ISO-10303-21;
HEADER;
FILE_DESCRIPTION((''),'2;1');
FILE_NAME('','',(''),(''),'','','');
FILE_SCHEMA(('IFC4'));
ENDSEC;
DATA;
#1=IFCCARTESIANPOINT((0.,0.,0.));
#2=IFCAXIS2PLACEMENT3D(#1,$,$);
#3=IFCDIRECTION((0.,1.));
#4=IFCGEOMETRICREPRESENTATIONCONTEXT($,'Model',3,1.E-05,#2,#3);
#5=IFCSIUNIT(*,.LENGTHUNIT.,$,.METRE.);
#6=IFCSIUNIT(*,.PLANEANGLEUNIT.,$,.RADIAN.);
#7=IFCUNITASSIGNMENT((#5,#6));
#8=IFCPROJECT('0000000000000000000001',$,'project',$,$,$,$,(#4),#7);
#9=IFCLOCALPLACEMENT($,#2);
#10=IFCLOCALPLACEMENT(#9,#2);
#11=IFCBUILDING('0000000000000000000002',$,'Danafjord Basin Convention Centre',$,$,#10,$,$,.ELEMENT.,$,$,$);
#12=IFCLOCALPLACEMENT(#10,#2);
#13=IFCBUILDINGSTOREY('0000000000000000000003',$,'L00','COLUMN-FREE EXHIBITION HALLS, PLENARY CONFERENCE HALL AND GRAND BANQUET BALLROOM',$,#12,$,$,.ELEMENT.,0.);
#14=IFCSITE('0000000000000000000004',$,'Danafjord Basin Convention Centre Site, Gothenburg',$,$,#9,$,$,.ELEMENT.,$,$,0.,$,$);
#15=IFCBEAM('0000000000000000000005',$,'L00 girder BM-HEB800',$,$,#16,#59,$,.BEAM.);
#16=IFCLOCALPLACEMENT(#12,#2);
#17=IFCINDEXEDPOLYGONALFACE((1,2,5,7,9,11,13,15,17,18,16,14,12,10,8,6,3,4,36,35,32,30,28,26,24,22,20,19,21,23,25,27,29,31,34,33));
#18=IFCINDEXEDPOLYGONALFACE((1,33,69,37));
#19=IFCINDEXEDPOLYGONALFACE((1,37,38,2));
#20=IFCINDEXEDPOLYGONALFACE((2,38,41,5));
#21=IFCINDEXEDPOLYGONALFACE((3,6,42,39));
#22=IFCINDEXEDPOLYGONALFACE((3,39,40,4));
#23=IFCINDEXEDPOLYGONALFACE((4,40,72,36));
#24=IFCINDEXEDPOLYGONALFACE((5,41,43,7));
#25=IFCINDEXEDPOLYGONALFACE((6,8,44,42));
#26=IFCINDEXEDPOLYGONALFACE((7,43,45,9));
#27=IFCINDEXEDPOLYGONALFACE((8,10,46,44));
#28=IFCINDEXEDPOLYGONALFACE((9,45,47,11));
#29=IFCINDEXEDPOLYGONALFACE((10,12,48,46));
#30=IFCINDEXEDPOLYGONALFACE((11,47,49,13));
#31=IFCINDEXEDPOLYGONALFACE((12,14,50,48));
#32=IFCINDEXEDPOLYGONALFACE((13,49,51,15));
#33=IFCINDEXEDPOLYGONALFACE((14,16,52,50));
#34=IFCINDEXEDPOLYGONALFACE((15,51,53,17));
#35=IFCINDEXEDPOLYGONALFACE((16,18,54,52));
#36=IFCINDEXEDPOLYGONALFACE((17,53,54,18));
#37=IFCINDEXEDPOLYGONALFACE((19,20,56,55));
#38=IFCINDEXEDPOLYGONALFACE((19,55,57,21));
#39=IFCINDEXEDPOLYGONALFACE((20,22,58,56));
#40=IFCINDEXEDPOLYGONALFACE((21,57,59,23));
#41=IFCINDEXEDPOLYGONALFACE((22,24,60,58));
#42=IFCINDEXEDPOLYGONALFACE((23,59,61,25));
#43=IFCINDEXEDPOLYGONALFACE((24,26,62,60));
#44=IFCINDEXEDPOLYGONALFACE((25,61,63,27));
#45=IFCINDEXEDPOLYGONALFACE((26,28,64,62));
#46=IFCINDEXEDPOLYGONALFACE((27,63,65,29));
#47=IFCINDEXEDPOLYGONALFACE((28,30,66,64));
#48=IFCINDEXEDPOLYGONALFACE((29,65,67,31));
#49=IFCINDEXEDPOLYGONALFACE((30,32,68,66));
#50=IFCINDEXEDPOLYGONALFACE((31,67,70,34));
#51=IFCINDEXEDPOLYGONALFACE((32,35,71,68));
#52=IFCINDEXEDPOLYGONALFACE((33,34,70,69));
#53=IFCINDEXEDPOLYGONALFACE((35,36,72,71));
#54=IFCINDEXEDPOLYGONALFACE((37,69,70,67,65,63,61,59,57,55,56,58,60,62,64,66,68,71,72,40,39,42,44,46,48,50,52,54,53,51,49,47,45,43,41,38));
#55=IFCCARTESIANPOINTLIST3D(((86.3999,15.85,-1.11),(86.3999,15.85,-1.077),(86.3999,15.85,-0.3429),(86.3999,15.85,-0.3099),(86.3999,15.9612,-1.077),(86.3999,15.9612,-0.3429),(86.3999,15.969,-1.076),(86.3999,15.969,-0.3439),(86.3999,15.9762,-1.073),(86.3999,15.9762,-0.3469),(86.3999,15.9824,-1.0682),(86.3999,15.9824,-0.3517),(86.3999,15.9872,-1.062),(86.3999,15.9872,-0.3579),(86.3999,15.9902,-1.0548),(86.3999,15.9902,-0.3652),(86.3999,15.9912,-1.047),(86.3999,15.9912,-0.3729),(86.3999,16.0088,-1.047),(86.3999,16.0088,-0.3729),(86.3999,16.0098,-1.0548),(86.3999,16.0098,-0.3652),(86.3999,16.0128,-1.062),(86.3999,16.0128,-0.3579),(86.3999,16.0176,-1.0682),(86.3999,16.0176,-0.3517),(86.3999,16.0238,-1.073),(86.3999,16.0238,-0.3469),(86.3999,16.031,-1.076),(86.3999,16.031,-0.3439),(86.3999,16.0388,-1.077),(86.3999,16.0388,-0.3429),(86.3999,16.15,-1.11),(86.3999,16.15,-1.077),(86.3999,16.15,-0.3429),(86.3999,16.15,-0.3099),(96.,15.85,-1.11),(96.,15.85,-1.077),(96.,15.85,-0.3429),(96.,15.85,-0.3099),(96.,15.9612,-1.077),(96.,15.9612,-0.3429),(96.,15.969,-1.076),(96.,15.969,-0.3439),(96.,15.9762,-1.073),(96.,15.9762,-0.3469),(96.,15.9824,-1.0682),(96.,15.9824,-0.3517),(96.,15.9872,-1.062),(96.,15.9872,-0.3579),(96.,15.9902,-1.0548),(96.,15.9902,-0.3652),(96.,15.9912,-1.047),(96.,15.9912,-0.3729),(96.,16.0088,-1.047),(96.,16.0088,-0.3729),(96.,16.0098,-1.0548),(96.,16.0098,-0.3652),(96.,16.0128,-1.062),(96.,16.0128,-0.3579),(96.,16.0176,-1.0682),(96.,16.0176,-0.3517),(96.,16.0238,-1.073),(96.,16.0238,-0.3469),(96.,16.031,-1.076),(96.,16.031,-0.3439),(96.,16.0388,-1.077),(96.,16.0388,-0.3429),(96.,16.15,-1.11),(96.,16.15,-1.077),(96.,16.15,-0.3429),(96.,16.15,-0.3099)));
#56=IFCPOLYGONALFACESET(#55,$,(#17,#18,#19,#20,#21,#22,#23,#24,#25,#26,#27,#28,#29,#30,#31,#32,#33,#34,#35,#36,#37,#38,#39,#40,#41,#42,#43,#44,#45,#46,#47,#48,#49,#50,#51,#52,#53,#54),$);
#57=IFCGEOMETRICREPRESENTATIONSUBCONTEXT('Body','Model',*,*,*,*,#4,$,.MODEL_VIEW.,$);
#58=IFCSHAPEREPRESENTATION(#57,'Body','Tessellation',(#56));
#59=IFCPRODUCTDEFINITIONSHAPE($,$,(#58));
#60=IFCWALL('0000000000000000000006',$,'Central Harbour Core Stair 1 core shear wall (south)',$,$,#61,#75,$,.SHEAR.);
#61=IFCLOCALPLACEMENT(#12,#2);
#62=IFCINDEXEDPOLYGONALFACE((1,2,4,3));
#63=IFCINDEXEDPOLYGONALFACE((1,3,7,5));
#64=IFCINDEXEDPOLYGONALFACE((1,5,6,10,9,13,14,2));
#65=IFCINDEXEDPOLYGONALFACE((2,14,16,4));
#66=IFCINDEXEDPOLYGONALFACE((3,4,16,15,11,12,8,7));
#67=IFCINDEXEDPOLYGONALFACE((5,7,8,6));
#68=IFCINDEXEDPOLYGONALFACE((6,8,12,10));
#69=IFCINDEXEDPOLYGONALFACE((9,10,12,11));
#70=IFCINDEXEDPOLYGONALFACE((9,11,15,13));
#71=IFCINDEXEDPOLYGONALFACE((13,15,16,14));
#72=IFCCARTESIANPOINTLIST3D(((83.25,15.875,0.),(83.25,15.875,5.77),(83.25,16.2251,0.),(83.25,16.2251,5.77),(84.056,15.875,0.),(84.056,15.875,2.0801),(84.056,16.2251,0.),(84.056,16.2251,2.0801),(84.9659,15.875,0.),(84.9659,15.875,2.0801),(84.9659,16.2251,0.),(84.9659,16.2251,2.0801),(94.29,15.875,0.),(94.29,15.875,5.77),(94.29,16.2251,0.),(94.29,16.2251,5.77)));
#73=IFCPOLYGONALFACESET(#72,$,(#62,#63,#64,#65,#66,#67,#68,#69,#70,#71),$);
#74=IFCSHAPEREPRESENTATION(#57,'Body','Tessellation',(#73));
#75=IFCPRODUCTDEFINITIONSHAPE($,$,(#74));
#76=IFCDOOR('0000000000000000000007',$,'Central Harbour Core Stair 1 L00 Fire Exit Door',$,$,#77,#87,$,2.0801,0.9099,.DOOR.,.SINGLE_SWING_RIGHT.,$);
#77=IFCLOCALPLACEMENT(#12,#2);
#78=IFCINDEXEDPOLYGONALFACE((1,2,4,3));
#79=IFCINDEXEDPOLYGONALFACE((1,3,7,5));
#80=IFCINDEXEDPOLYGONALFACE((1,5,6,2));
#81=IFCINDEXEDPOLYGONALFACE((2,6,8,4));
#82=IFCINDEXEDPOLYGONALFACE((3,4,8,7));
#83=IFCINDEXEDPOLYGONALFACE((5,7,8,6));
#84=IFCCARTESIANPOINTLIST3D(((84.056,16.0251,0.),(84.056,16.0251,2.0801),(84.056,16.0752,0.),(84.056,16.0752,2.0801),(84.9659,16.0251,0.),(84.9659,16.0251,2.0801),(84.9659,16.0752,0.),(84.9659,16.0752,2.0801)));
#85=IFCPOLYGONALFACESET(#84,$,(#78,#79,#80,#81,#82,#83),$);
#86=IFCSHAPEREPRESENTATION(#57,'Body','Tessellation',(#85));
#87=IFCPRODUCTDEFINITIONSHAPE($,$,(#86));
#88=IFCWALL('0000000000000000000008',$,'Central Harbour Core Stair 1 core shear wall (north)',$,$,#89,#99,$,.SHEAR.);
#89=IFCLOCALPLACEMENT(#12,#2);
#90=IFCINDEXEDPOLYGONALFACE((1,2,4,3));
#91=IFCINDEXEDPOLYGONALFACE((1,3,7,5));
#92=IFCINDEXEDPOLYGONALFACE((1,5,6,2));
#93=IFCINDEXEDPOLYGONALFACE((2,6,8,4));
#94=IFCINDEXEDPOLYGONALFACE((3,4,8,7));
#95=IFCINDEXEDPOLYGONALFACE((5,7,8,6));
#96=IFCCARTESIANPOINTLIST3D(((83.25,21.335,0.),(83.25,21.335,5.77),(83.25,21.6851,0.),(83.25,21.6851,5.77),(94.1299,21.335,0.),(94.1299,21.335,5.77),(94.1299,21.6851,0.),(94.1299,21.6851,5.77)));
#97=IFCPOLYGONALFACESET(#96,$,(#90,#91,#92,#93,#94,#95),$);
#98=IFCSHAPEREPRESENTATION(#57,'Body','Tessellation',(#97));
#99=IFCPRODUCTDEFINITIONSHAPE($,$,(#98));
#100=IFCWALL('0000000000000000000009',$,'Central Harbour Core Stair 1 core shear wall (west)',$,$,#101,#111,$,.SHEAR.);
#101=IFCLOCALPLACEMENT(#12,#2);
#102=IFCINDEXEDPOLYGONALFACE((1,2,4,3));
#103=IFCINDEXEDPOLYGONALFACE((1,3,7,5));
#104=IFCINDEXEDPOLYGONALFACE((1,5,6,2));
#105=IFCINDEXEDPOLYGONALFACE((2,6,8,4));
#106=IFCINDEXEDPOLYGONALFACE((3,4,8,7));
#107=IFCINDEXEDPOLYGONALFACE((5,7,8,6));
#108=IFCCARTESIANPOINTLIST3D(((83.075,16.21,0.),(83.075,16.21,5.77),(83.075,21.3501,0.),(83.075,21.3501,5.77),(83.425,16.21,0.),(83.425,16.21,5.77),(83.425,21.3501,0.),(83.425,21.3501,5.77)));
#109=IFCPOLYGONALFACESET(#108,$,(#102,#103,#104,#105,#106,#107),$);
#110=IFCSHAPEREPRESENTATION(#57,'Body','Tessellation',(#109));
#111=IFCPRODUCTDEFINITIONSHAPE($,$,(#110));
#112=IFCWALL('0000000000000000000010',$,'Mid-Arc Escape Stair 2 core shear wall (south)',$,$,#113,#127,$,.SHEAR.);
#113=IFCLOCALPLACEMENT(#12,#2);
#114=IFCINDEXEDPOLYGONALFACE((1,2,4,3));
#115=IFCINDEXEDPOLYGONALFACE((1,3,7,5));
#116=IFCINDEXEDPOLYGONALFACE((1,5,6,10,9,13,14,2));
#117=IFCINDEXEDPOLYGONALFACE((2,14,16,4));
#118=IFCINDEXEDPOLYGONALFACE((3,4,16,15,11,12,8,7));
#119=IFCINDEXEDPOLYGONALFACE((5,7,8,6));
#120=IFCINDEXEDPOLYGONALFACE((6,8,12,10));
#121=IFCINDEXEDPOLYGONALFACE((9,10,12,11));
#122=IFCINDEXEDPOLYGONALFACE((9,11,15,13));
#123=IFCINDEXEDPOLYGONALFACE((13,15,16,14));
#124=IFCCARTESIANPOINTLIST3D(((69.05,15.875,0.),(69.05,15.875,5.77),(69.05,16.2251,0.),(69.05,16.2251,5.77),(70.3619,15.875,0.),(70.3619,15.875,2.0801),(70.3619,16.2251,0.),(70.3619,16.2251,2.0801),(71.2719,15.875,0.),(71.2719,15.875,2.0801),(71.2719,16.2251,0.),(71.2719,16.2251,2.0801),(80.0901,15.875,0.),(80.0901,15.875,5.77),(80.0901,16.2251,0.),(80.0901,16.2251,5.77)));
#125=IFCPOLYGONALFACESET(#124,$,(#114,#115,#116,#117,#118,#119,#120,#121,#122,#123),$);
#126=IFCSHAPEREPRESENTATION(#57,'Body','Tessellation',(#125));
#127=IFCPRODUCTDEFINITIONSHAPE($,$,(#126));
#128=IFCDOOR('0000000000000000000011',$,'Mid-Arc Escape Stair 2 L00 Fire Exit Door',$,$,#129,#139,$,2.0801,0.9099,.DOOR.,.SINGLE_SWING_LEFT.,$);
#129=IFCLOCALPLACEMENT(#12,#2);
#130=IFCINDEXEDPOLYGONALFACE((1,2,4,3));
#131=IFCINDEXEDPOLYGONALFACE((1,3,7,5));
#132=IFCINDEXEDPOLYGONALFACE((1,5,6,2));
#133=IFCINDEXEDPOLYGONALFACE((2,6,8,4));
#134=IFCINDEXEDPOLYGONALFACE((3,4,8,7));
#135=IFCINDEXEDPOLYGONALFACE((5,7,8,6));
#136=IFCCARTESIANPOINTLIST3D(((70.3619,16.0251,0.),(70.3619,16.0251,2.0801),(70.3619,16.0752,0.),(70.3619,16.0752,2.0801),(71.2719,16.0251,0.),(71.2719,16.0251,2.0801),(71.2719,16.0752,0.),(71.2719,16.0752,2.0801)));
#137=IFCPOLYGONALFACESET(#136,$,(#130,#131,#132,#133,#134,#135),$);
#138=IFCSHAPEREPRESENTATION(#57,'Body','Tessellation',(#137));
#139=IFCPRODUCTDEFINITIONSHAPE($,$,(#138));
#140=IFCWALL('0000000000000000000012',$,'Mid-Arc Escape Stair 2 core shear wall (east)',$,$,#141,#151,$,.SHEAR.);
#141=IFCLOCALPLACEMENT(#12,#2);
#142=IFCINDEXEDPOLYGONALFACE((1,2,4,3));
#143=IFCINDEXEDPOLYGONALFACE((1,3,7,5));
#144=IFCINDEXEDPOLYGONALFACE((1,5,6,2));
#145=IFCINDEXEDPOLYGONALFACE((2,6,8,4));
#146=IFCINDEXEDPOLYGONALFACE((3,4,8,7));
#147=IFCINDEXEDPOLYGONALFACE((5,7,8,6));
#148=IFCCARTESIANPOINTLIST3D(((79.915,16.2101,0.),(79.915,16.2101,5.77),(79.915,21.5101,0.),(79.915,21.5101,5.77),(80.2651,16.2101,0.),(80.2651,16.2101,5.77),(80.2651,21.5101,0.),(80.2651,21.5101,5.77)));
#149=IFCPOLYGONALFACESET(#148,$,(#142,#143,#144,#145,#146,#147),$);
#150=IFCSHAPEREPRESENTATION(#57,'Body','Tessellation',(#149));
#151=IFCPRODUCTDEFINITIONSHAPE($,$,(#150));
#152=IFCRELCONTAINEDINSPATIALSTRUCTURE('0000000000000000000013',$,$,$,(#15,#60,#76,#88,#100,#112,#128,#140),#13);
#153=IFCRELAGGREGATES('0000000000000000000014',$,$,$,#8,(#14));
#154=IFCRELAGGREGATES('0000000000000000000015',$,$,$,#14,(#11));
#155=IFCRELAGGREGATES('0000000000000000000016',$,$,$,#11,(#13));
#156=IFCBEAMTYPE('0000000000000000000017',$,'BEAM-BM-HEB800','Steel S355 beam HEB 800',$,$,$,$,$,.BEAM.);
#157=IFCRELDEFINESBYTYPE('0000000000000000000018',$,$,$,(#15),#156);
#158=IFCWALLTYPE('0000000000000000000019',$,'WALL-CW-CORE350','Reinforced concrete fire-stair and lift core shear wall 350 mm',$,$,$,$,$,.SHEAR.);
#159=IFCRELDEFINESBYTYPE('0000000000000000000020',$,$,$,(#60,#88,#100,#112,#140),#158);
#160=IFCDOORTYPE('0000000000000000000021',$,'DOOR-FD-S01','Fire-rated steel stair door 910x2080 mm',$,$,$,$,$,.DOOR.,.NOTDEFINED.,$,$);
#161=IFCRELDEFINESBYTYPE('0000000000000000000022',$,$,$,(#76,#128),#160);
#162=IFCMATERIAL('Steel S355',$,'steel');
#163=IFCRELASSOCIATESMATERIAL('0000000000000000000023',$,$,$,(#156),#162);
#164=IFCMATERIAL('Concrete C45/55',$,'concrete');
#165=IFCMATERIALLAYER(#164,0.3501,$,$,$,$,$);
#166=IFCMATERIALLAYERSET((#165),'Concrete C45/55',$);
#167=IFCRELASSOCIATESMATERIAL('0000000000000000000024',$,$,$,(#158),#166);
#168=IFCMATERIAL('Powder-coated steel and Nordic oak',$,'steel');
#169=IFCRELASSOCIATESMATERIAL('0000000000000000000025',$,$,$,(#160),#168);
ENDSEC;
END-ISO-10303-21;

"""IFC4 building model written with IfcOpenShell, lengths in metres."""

from ifc_helpers import new_model, si_unit, direction, frame, frame_2d, origin, origin_2d, place, context, subcontext, project, spatial, rectangle, i_section, extrude, material, layer, layer_set, material_profile, profile_set, type_object, element, fill, save


model = new_model("IFC4")

# Units and contexts
model_context = context("Model", 3, precision=1e-05, world=origin(), true_north=direction((0.0, 1.0)))
body_context = subcontext(model_context, "Body", "Model", "MODEL_VIEW")
ifc_project = project(units=[si_unit("LENGTHUNIT", "METRE"), si_unit("PLANEANGLEUNIT", "RADIAN")], contexts=[model_context])

# Site, building, storey
site_placement = place(None, origin())
site = spatial("IfcSite", under=ifc_project, at=site_placement, Name="Danafjord Basin Convention Centre Site, Gothenburg", CompositionType="ELEMENT", RefElevation=0.0)
building_placement = place(site_placement, origin())
building = spatial("IfcBuilding", under=site, at=building_placement, Name="Danafjord Basin Convention Centre", CompositionType="ELEMENT")
storey_placement = place(building_placement, origin())
storey = spatial("IfcBuildingStorey", under=building, at=storey_placement, Name="L00", Description="COLUMN-FREE EXHIBITION HALLS, PLENARY CONFERENCE HALL AND GRAND BANQUET BALLROOM", CompositionType="ELEMENT", Elevation=0.0)

# Beam
ifc_material_1 = material(Name="Steel S355", Category="steel")
ifc_material_profile = material_profile(ifc_material_1, i_section(OverallWidth=0.3, OverallDepth=0.8, WebThickness=0.0176, FlangeThickness=0.033, FilletRadius=0.03, at=origin_2d()), Name="HEB 800")
ifc_profile_set = profile_set([ifc_material_profile], Name="Steel S355")
beam_type = type_object("IfcBeamType", Name="BEAM-BM-HEB800", Description="Steel S355 beam HEB 800", PredefinedType="BEAM", material=ifc_profile_set)
beam_placement = place(storey_placement, frame((86.3999, 16.0, -0.71), z_axis=(1.0, 0.0, 0.0), x_axis=(0.0, 1.0, 0.0)))
element("IfcBeam", 1, at=beam_placement, inside=storey, type_object=beam_type, Name="L00 girder BM-HEB800", PredefinedType="BEAM", context=body_context, shape_type="SweptSolid", body=[
    extrude(i_section(OverallWidth=0.3, OverallDepth=0.8, WebThickness=0.0176, FlangeThickness=0.033, FilletRadius=0.03, at=origin_2d()), origin(), (0.0, 0.0, 1.0), 9.6001),
])

# Wall, opening, door
ifc_material_2 = material(Name="Concrete C45/55", Category="concrete")
ifc_layer = layer(ifc_material_2, 0.3501)
ifc_layer_set = layer_set([ifc_layer], Name="Concrete C45/55")
wall_type = type_object("IfcWallType", Name="WALL-CW-CORE350", Description="Reinforced concrete fire-stair and lift core shear wall 350 mm", PredefinedType="SHEAR", material=ifc_layer_set)
wall_1_placement = place(storey_placement, frame((94.29, 16.05, 0.0), z_axis=(0.0, 0.0, 1.0), x_axis=(-1.0, 0.0, 0.0)))
wall_1 = element("IfcWall", 2, at=wall_1_placement, inside=storey, type_object=wall_type, Name="Central Harbour Core Stair 1 core shear wall (south)", PredefinedType="SHEAR", context=body_context, shape_type="SweptSolid", body=[
    extrude(rectangle(XDim=11.04, YDim=0.3501, at=frame_2d((5.52, 0.0))), origin(), (0.0, 0.0, 1.0), 5.77),
])
opening_1_placement = place(wall_1_placement, frame((9.324, 0.0, 0.0)))
opening_1 = element("IfcOpeningElement", 3, at=opening_1_placement, cuts=wall_1, PredefinedType="OPENING", context=body_context, shape_type="SweptSolid", body=[
    extrude(rectangle(XDim=0.9099, YDim=2.0801, at=frame_2d((0.4551, 1.04))), frame((0.0, 0.1851, 0.0), z_axis=(0.0, -1.0, 0.0), x_axis=(1.0, 0.0, 0.0)), (0.0, 0.0, 1.0), 0.3701),
])
ifc_material_3 = material(Name="Powder-coated steel and Nordic oak", Category="steel")
door_type = type_object("IfcDoorType", Name="DOOR-FD-S01", Description="Fire-rated steel stair door 910x2080 mm", OperationType="NOTDEFINED", PredefinedType="DOOR", material=ifc_material_3)
door_1_placement = place(opening_1_placement, origin())
door_1 = element("IfcDoor", 4, at=door_1_placement, inside=storey, type_object=door_type, Name="Central Harbour Core Stair 1 L00 Fire Exit Door", OperationType="SINGLE_SWING_RIGHT", OverallHeight=2.0801, OverallWidth=0.9099, PredefinedType="DOOR", context=body_context, shape_type="SweptSolid", body=[
    extrude(rectangle(XDim=0.9099, YDim=2.0801, at=frame_2d((0.4551, 1.04))), frame((0.0, 0.0249, 0.0), z_axis=(0.0, -1.0, 0.0), x_axis=(1.0, 0.0, 0.0)), (0.0, 0.0, 1.0), 0.05),
])
fill(opening_1, door_1)

# Walls
wall_2_placement = place(storey_placement, frame((83.25, 21.51, 0.0), z_axis=(0.0, 0.0, 1.0), x_axis=(1.0, 0.0, 0.0)))
element("IfcWall", 5, at=wall_2_placement, inside=storey, type_object=wall_type, Name="Central Harbour Core Stair 1 core shear wall (north)", PredefinedType="SHEAR", context=body_context, shape_type="SweptSolid", body=[
    extrude(rectangle(XDim=10.8799, YDim=0.3501, at=frame_2d((5.4399, 0.0))), origin(), (0.0, 0.0, 1.0), 5.77),
])
wall_3_placement = place(storey_placement, frame((83.25, 16.21, 0.0), z_axis=(0.0, 0.0, 1.0), x_axis=(0.0, 1.0, 0.0)))
element("IfcWall", 6, at=wall_3_placement, inside=storey, type_object=wall_type, Name="Central Harbour Core Stair 1 core shear wall (west)", PredefinedType="SHEAR", context=body_context, shape_type="SweptSolid", body=[
    extrude(rectangle(XDim=5.1401, YDim=0.3501, at=frame_2d((2.5701, 0.0))), origin(), (0.0, 0.0, 1.0), 5.77),
])

# Wall, opening, door
wall_4_placement = place(storey_placement, frame((80.0901, 16.05, 0.0), z_axis=(0.0, 0.0, 1.0), x_axis=(-1.0, 0.0, 0.0)))
wall_4 = element("IfcWall", 7, at=wall_4_placement, inside=storey, type_object=wall_type, Name="Mid-Arc Escape Stair 2 core shear wall (south)", PredefinedType="SHEAR", context=body_context, shape_type="SweptSolid", body=[
    extrude(rectangle(XDim=11.04, YDim=0.3501, at=frame_2d((5.52, 0.0))), origin(), (0.0, 0.0, 1.0), 5.77),
])
opening_2_placement = place(wall_4_placement, frame((8.8181, 0.0, 0.0)))
opening_2 = element("IfcOpeningElement", 8, at=opening_2_placement, cuts=wall_4, PredefinedType="OPENING", context=body_context, shape_type="SweptSolid", body=[
    extrude(rectangle(XDim=0.9099, YDim=2.0801, at=frame_2d((0.4551, 1.04))), frame((0.0, 0.1851, 0.0), z_axis=(0.0, -1.0, 0.0), x_axis=(1.0, 0.0, 0.0)), (0.0, 0.0, 1.0), 0.3701),
])
door_2_placement = place(opening_2_placement, origin())
door_2 = element("IfcDoor", 9, at=door_2_placement, inside=storey, type_object=door_type, Name="Mid-Arc Escape Stair 2 L00 Fire Exit Door", OperationType="SINGLE_SWING_LEFT", OverallHeight=2.0801, OverallWidth=0.9099, PredefinedType="DOOR", context=body_context, shape_type="SweptSolid", body=[
    extrude(rectangle(XDim=0.9099, YDim=2.0801, at=frame_2d((0.4551, 1.04))), frame((0.0, 0.0249, 0.0), z_axis=(0.0, -1.0, 0.0), x_axis=(1.0, 0.0, 0.0)), (0.0, 0.0, 1.0), 0.05),
])
fill(opening_2, door_2)

# Wall
wall_5_placement = place(storey_placement, frame((80.0901, 21.51, 0.0), z_axis=(0.0, 0.0, 1.0), x_axis=(0.0, -1.0, 0.0)))
element("IfcWall", 10, at=wall_5_placement, inside=storey, type_object=wall_type, Name="Mid-Arc Escape Stair 2 core shear wall (east)", PredefinedType="SHEAR", context=body_context, shape_type="SweptSolid", body=[
    extrude(rectangle(XDim=5.3, YDim=0.3501, at=frame_2d((2.6499, 0.0))), origin(), (0.0, 0.0, 1.0), 5.77),
])

save(model, "model.ifc")
